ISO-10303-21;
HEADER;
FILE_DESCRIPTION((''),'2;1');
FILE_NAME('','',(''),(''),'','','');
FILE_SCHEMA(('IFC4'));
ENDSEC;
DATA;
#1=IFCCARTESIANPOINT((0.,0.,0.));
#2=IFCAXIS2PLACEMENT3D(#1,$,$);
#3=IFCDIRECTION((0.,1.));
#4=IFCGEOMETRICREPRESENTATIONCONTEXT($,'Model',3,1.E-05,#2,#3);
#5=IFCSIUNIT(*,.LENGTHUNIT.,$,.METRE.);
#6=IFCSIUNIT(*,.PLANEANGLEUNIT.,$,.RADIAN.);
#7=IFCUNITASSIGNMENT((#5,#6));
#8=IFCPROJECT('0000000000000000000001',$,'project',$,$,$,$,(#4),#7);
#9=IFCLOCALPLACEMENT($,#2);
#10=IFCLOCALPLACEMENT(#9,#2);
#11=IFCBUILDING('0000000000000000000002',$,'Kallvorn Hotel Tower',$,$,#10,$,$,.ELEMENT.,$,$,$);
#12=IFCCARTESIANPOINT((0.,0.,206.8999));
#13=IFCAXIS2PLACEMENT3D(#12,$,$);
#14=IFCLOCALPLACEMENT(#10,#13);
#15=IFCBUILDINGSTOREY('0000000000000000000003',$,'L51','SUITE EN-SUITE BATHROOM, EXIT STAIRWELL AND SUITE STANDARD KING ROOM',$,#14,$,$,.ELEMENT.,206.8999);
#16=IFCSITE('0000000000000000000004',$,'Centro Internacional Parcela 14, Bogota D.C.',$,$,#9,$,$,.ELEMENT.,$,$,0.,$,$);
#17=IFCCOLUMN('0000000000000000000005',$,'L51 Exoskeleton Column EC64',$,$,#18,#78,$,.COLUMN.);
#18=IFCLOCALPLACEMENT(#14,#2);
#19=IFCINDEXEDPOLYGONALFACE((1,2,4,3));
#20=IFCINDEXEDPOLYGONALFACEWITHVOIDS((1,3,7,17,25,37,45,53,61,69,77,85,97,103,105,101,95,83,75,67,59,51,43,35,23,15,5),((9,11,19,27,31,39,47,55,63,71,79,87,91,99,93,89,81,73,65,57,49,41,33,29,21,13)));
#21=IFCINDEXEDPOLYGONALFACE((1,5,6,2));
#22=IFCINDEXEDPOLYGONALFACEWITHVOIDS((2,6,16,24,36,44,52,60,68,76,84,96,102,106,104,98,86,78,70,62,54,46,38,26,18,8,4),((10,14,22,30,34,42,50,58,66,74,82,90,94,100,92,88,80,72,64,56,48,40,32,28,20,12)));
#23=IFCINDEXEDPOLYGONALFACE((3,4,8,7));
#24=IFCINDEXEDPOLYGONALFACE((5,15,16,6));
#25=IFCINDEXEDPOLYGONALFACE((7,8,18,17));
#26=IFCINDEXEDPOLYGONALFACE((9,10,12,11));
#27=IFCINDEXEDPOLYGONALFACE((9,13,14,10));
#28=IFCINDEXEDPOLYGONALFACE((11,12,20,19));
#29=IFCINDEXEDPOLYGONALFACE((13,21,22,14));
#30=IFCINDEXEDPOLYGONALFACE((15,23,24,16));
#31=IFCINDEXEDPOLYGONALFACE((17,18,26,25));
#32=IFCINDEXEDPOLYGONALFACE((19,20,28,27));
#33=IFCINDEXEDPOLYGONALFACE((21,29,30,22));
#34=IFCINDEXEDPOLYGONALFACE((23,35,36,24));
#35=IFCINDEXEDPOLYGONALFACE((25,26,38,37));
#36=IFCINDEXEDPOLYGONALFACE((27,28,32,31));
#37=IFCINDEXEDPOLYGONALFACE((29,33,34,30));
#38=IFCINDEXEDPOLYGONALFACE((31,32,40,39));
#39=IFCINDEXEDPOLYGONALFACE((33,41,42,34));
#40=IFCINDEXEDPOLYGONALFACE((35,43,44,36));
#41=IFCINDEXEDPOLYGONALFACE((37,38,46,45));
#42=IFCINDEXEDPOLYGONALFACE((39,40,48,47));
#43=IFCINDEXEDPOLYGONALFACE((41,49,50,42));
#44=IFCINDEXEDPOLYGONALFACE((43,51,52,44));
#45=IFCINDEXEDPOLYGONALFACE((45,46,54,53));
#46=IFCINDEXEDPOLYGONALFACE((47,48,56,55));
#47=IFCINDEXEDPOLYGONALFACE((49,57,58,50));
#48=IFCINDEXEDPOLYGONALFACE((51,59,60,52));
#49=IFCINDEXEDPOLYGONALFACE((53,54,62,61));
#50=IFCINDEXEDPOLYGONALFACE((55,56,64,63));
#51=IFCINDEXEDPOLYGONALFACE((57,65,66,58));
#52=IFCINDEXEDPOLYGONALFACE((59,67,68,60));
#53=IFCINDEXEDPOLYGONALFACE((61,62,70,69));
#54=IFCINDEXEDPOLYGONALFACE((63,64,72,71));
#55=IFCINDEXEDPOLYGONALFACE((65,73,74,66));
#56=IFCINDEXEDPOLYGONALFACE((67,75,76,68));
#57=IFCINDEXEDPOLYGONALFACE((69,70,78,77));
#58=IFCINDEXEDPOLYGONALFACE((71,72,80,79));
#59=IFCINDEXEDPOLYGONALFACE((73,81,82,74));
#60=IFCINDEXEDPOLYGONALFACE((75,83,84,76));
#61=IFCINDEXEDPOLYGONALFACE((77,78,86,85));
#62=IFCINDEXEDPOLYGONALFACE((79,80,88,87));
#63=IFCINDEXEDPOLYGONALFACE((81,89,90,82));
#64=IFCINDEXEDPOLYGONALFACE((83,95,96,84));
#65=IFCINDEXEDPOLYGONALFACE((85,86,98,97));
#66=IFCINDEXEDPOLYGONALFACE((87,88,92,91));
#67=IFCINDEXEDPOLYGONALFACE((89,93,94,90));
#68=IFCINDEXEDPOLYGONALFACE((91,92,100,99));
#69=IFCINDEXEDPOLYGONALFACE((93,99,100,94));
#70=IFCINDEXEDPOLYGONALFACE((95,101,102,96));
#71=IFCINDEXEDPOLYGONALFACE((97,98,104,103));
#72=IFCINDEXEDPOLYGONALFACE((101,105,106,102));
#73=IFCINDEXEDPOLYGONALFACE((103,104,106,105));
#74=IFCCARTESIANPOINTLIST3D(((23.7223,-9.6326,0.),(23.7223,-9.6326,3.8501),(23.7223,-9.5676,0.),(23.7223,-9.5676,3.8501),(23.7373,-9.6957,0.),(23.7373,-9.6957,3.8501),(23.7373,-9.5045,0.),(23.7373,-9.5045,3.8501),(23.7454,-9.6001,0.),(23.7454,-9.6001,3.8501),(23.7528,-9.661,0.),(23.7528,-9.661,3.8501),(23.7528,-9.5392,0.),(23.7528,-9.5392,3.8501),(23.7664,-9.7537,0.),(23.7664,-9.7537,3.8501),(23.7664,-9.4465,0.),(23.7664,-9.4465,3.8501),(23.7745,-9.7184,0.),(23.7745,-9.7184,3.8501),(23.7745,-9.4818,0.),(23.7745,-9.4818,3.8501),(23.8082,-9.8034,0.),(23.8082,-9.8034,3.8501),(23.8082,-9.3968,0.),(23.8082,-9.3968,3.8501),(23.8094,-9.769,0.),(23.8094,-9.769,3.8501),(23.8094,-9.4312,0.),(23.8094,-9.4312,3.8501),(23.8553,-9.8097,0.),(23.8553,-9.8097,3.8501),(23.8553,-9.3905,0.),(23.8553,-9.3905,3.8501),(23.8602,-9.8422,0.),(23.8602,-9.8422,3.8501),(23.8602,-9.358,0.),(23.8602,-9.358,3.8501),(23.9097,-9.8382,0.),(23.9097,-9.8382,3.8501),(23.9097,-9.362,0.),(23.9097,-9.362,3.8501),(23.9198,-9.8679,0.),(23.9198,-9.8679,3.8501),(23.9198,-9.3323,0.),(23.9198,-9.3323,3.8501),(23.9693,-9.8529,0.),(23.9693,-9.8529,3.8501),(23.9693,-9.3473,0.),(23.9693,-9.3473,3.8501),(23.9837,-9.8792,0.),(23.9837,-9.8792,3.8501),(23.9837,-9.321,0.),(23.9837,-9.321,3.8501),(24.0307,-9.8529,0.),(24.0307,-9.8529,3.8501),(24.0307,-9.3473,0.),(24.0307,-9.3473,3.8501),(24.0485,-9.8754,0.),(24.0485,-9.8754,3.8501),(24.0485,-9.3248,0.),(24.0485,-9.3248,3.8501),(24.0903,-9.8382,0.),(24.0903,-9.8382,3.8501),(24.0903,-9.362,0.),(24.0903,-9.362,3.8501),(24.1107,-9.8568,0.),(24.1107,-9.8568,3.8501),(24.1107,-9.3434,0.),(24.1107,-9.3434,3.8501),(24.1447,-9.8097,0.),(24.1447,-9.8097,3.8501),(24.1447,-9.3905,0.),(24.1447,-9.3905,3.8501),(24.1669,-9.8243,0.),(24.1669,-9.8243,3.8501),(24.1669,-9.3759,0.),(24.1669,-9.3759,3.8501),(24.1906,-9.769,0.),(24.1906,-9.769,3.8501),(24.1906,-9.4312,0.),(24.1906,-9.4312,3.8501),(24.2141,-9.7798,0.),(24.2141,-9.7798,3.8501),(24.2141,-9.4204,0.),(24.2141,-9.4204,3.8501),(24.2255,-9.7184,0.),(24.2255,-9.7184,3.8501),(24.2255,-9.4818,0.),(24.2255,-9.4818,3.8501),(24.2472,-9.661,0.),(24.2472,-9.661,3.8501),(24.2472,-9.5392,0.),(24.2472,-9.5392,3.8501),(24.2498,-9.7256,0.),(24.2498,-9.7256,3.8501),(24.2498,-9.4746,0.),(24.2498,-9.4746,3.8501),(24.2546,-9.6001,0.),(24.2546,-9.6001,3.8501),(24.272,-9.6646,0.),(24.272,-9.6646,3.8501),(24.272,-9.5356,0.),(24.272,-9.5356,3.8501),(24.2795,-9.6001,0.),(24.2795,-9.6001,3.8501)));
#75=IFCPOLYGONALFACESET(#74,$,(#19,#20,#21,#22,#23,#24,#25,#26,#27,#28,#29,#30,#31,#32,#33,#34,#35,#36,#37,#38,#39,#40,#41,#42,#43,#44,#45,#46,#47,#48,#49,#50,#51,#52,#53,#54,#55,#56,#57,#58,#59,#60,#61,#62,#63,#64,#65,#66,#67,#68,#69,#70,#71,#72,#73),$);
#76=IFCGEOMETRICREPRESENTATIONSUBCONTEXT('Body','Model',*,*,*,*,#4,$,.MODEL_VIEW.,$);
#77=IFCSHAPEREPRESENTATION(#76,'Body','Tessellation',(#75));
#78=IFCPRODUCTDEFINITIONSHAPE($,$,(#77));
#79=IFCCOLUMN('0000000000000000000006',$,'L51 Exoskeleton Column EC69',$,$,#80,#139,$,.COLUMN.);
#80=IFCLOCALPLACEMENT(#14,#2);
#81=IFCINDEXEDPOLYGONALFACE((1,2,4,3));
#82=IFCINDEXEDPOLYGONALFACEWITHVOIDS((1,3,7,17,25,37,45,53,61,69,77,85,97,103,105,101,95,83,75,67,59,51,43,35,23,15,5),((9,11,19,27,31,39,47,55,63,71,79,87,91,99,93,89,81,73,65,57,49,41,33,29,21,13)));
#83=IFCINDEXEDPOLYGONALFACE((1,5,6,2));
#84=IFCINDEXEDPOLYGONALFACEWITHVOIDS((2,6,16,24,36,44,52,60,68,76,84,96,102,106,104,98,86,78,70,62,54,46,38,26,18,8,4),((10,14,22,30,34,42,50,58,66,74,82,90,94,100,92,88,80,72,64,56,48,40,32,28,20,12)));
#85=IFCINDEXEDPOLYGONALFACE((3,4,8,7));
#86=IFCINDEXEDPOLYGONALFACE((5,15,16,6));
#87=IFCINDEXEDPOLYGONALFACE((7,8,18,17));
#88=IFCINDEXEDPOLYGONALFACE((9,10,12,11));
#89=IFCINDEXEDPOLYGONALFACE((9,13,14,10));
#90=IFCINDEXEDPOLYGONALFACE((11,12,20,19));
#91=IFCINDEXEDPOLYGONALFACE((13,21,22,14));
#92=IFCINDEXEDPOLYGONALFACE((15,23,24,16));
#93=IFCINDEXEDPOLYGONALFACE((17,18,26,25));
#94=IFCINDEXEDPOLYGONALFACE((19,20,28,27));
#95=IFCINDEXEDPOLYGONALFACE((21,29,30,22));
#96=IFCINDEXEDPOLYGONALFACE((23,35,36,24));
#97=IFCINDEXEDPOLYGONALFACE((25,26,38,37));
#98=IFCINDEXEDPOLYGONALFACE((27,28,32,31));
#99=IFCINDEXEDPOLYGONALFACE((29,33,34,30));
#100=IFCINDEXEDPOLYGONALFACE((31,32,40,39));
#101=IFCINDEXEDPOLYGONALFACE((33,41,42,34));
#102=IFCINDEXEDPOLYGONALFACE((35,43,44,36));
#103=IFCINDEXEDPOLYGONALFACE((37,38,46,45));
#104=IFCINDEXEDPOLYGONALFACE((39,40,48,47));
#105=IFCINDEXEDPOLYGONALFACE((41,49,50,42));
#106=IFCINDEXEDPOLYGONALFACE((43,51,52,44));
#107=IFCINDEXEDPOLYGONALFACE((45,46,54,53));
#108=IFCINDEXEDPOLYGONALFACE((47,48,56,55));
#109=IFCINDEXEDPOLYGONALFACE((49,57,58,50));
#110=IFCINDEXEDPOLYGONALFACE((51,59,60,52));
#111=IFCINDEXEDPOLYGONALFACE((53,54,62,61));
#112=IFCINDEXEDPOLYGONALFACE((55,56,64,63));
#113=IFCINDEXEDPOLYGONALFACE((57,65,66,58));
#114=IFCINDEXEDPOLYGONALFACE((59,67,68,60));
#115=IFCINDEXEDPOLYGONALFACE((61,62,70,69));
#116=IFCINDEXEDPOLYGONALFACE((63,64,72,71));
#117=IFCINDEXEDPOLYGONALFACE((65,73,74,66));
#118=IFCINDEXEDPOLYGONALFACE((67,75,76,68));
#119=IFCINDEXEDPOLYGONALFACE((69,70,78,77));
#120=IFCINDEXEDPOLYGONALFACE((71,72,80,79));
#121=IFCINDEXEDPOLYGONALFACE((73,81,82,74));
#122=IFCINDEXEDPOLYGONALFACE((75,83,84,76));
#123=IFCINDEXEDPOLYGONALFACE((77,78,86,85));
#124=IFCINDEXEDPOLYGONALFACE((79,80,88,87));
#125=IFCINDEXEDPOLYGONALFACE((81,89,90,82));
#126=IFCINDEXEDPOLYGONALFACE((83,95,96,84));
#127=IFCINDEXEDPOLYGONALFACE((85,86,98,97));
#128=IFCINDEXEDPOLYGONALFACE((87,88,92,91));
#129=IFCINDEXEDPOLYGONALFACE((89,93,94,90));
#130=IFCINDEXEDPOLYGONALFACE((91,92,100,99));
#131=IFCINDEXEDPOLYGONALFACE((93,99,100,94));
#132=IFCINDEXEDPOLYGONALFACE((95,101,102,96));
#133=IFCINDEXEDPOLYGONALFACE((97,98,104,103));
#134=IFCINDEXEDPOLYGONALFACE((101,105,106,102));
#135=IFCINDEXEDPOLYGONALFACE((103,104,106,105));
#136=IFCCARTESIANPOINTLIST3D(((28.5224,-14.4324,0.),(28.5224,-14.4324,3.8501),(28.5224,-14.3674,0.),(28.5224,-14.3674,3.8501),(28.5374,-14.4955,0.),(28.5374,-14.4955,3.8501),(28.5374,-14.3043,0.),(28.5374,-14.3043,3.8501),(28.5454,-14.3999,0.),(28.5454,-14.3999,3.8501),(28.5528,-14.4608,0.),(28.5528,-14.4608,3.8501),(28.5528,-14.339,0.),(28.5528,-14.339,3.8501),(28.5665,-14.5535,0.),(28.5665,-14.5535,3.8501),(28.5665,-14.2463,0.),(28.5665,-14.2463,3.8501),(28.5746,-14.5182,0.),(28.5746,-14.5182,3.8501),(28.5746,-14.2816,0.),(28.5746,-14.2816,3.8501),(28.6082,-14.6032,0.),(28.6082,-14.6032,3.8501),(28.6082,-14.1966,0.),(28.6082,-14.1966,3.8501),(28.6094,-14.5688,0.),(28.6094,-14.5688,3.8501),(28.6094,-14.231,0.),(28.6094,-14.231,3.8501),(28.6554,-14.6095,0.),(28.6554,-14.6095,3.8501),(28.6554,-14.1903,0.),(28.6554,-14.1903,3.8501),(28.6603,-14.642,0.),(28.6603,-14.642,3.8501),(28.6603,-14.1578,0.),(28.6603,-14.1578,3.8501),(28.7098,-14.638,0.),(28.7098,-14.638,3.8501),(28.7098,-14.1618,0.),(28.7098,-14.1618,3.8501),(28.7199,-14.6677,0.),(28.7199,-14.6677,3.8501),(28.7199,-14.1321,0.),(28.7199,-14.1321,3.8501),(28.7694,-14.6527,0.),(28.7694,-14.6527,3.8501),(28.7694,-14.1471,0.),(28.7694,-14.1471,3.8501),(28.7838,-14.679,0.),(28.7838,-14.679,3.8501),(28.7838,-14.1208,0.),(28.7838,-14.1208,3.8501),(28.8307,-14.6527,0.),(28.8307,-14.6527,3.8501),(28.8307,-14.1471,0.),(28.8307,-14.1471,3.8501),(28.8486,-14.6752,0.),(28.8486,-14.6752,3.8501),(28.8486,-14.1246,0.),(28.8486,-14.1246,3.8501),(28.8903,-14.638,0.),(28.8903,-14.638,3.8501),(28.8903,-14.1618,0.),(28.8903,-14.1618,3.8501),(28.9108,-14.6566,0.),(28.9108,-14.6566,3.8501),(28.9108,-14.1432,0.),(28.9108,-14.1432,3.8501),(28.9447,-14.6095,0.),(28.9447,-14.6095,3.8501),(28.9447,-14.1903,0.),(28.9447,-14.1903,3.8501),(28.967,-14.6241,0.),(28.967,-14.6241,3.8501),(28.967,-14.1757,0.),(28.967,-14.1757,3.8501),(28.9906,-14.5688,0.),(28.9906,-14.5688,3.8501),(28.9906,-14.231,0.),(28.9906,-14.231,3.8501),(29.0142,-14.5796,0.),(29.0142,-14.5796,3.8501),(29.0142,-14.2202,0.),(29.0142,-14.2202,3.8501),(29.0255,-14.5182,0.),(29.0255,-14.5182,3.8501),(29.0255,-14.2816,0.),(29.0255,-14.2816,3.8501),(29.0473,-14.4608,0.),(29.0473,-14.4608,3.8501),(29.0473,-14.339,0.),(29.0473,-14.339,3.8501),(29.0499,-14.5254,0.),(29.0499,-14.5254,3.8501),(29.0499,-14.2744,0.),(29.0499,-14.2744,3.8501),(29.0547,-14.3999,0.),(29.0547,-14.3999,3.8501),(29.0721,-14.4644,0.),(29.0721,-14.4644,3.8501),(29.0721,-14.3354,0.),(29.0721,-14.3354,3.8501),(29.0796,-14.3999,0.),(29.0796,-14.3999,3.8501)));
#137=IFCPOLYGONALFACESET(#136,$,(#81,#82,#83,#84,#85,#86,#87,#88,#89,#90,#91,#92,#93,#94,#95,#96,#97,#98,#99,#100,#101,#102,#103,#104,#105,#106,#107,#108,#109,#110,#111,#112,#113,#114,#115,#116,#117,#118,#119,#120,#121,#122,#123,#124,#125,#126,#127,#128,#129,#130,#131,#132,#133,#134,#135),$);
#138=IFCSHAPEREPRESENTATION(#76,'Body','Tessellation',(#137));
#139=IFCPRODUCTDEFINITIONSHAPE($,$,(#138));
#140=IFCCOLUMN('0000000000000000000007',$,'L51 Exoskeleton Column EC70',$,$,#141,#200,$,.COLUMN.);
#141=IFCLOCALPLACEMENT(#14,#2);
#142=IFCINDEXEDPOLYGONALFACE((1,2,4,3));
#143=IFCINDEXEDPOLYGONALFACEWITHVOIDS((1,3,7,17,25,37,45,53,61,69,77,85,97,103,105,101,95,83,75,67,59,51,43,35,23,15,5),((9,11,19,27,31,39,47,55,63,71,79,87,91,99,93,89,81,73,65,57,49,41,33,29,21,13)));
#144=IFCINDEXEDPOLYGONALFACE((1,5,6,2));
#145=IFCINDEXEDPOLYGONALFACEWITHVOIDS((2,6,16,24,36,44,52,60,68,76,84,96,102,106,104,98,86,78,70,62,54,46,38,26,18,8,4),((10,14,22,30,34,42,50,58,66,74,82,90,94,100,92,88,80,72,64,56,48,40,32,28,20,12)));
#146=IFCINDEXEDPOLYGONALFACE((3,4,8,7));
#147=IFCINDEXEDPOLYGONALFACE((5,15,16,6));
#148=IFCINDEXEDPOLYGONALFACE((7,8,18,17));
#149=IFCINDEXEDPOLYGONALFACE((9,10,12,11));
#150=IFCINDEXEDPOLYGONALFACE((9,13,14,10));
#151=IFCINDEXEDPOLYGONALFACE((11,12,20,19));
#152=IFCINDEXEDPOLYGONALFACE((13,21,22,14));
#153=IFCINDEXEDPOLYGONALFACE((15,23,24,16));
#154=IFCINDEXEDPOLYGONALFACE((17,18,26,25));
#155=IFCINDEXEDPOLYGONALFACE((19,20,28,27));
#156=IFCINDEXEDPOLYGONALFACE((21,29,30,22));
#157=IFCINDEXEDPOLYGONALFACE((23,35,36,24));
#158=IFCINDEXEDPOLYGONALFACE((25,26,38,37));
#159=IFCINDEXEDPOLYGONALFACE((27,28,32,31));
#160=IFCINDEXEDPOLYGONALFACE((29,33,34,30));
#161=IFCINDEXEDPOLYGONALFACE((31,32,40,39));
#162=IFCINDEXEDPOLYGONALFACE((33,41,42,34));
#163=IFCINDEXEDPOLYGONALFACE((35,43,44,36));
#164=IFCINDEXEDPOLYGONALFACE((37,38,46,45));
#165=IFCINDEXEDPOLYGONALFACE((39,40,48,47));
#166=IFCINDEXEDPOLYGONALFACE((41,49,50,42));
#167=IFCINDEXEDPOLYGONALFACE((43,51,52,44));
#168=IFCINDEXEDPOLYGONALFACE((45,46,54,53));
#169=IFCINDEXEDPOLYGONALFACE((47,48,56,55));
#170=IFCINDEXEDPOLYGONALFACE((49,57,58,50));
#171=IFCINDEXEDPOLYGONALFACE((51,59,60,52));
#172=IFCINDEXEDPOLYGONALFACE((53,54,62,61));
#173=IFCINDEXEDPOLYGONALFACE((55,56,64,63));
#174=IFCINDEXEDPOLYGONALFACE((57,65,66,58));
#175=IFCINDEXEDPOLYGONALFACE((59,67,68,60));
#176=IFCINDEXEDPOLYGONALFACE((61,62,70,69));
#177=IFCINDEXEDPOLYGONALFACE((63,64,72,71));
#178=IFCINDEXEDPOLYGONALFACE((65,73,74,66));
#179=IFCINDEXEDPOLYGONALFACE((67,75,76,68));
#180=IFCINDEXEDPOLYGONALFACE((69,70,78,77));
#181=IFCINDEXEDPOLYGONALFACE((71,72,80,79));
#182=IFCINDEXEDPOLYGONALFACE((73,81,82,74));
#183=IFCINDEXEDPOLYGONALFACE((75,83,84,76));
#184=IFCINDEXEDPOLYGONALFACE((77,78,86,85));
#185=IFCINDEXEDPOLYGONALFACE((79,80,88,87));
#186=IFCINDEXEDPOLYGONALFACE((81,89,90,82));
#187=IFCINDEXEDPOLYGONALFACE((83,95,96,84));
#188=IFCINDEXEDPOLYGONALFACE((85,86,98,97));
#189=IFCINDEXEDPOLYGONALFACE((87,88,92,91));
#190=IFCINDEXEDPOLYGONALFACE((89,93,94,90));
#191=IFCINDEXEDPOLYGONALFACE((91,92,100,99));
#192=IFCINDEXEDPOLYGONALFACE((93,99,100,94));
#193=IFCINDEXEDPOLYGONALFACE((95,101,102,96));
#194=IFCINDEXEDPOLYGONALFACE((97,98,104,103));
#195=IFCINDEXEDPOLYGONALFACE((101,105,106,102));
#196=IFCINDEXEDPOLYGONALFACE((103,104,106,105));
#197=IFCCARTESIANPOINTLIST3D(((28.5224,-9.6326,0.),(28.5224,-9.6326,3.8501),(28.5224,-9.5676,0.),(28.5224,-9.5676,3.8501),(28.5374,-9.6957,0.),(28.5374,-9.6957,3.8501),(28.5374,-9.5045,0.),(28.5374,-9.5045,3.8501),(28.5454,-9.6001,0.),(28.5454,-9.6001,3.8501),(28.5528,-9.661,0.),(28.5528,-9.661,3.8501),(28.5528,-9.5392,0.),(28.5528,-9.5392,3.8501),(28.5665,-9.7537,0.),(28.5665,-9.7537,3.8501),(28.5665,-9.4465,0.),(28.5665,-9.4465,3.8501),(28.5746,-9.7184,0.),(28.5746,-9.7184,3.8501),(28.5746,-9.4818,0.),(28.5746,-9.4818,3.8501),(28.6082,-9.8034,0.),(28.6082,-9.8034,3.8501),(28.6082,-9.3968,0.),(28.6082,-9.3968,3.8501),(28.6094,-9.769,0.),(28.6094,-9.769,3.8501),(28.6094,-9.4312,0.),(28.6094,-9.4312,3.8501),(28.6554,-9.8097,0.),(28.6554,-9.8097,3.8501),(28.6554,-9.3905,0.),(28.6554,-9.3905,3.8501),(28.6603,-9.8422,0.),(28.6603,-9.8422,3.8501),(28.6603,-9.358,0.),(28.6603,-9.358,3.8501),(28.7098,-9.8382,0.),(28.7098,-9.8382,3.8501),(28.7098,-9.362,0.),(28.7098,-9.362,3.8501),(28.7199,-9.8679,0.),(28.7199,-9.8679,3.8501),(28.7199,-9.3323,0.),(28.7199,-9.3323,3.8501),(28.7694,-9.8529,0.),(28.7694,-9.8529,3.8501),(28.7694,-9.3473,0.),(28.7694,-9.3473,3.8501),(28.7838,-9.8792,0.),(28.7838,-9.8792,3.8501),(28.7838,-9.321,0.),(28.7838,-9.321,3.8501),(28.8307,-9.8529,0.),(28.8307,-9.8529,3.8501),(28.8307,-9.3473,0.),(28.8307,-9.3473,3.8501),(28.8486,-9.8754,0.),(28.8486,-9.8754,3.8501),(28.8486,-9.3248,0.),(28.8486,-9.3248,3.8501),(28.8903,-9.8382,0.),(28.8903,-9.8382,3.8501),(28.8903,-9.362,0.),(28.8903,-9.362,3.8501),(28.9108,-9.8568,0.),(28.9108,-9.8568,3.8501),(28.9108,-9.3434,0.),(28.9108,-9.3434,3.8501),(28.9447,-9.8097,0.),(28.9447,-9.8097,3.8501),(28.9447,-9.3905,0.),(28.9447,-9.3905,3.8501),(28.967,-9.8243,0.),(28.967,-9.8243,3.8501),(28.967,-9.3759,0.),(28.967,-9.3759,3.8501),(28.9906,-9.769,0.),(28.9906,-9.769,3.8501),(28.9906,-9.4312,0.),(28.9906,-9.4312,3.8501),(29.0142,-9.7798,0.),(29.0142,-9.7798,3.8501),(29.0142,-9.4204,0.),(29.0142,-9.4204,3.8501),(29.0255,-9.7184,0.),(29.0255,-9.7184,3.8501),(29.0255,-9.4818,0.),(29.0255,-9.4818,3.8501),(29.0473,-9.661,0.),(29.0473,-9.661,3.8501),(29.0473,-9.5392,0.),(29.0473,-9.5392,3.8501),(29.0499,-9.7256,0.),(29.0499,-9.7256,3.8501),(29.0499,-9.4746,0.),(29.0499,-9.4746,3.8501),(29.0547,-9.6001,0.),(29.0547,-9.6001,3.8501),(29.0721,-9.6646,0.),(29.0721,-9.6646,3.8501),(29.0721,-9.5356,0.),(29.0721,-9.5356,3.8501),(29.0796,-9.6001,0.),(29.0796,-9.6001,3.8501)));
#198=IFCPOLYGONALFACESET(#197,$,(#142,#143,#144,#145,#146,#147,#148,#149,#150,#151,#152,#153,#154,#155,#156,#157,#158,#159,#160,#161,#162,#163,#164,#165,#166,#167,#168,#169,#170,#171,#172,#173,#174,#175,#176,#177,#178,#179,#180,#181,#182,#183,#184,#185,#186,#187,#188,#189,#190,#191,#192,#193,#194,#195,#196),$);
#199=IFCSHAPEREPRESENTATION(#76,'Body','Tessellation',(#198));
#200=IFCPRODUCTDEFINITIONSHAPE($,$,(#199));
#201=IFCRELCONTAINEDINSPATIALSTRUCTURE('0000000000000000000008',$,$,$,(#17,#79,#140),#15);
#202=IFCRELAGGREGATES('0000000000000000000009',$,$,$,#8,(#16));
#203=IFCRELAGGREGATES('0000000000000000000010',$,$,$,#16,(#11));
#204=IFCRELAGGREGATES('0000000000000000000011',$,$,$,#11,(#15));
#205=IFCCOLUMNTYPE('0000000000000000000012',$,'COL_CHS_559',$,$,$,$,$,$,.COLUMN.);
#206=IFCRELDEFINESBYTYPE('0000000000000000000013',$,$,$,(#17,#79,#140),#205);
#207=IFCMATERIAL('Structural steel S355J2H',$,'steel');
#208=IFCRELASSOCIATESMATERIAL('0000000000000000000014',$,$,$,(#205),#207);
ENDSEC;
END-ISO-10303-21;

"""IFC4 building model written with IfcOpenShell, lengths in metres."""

from ifc_helpers import new_model, si_unit, direction, frame, origin, origin_2d, place, context, subcontext, project, spatial, hollow_circle, extrude, material, material_profile, profile_set, type_object, element, save


model = new_model("IFC4")

# Units and contexts
model_context = context("Model", 3, precision=1e-05, world=origin(), true_north=direction((0.0, 1.0)))
body_context = subcontext(model_context, "Body", "Model", "MODEL_VIEW")
ifc_project = project(units=[si_unit("LENGTHUNIT", "METRE"), si_unit("PLANEANGLEUNIT", "RADIAN")], contexts=[model_context])

# Site, building, storey
site_placement = place(None, origin())
site = spatial("IfcSite", under=ifc_project, at=site_placement, Name="Centro Internacional Parcela 14, Bogota D.C.", CompositionType="ELEMENT", RefElevation=0.0)
building_placement = place(site_placement, origin())
building = spatial("IfcBuilding", under=site, at=building_placement, Name="Kallvorn Hotel Tower", CompositionType="ELEMENT")
storey_placement = place(building_placement, frame((0.0, 0.0, 206.8999)))
storey = spatial("IfcBuildingStorey", under=building, at=storey_placement, Name="L51", Description="SUITE EN-SUITE BATHROOM, EXIT STAIRWELL AND SUITE STANDARD KING ROOM", CompositionType="ELEMENT", Elevation=206.8999)

# Columns
ifc_material_1 = material(Name="Structural steel S355J2H", Category="steel")
ifc_material_profile_1 = material_profile(ifc_material_1, hollow_circle(Radius=0.2795, WallThickness=0.0249, at=origin_2d()), Name="CHS 559x25")
ifc_profile_set_1 = profile_set([ifc_material_profile_1], Name="Structural steel S355J2H")
column_type_1 = type_object("IfcColumnType", Name="COL_CHS_559", PredefinedType="COLUMN", material=ifc_profile_set_1)
for number, where, z_axis, x_axis, name in (
    (1, (24.0, -9.6001, 0.0), (0.0, 0.0, 1.0), (1.0, 0.0, 0.0), "L51 Exoskeleton Column EC64"),
    (2, (28.8, -14.3999, 0.0), (0.0, 0.0, 1.0), (1.0, 0.0, 0.0), "L51 Exoskeleton Column EC69"),
    (3, (28.8, -9.6001, 0.0), (0.0, 0.0, 1.0), (1.0, 0.0, 0.0), "L51 Exoskeleton Column EC70"),
):
    element("IfcColumn", number, at=place(storey_placement, frame(where, z_axis=z_axis, x_axis=x_axis)), inside=storey, type_object=column_type_1, Name=name, PredefinedType="COLUMN", context=body_context, shape_type="SweptSolid", body=[
        extrude(hollow_circle(Radius=0.2795, WallThickness=0.0249, at=origin_2d()), origin(), (0.0, 0.0, 1.0), 3.8501),
    ])

save(model, "model.ifc")
